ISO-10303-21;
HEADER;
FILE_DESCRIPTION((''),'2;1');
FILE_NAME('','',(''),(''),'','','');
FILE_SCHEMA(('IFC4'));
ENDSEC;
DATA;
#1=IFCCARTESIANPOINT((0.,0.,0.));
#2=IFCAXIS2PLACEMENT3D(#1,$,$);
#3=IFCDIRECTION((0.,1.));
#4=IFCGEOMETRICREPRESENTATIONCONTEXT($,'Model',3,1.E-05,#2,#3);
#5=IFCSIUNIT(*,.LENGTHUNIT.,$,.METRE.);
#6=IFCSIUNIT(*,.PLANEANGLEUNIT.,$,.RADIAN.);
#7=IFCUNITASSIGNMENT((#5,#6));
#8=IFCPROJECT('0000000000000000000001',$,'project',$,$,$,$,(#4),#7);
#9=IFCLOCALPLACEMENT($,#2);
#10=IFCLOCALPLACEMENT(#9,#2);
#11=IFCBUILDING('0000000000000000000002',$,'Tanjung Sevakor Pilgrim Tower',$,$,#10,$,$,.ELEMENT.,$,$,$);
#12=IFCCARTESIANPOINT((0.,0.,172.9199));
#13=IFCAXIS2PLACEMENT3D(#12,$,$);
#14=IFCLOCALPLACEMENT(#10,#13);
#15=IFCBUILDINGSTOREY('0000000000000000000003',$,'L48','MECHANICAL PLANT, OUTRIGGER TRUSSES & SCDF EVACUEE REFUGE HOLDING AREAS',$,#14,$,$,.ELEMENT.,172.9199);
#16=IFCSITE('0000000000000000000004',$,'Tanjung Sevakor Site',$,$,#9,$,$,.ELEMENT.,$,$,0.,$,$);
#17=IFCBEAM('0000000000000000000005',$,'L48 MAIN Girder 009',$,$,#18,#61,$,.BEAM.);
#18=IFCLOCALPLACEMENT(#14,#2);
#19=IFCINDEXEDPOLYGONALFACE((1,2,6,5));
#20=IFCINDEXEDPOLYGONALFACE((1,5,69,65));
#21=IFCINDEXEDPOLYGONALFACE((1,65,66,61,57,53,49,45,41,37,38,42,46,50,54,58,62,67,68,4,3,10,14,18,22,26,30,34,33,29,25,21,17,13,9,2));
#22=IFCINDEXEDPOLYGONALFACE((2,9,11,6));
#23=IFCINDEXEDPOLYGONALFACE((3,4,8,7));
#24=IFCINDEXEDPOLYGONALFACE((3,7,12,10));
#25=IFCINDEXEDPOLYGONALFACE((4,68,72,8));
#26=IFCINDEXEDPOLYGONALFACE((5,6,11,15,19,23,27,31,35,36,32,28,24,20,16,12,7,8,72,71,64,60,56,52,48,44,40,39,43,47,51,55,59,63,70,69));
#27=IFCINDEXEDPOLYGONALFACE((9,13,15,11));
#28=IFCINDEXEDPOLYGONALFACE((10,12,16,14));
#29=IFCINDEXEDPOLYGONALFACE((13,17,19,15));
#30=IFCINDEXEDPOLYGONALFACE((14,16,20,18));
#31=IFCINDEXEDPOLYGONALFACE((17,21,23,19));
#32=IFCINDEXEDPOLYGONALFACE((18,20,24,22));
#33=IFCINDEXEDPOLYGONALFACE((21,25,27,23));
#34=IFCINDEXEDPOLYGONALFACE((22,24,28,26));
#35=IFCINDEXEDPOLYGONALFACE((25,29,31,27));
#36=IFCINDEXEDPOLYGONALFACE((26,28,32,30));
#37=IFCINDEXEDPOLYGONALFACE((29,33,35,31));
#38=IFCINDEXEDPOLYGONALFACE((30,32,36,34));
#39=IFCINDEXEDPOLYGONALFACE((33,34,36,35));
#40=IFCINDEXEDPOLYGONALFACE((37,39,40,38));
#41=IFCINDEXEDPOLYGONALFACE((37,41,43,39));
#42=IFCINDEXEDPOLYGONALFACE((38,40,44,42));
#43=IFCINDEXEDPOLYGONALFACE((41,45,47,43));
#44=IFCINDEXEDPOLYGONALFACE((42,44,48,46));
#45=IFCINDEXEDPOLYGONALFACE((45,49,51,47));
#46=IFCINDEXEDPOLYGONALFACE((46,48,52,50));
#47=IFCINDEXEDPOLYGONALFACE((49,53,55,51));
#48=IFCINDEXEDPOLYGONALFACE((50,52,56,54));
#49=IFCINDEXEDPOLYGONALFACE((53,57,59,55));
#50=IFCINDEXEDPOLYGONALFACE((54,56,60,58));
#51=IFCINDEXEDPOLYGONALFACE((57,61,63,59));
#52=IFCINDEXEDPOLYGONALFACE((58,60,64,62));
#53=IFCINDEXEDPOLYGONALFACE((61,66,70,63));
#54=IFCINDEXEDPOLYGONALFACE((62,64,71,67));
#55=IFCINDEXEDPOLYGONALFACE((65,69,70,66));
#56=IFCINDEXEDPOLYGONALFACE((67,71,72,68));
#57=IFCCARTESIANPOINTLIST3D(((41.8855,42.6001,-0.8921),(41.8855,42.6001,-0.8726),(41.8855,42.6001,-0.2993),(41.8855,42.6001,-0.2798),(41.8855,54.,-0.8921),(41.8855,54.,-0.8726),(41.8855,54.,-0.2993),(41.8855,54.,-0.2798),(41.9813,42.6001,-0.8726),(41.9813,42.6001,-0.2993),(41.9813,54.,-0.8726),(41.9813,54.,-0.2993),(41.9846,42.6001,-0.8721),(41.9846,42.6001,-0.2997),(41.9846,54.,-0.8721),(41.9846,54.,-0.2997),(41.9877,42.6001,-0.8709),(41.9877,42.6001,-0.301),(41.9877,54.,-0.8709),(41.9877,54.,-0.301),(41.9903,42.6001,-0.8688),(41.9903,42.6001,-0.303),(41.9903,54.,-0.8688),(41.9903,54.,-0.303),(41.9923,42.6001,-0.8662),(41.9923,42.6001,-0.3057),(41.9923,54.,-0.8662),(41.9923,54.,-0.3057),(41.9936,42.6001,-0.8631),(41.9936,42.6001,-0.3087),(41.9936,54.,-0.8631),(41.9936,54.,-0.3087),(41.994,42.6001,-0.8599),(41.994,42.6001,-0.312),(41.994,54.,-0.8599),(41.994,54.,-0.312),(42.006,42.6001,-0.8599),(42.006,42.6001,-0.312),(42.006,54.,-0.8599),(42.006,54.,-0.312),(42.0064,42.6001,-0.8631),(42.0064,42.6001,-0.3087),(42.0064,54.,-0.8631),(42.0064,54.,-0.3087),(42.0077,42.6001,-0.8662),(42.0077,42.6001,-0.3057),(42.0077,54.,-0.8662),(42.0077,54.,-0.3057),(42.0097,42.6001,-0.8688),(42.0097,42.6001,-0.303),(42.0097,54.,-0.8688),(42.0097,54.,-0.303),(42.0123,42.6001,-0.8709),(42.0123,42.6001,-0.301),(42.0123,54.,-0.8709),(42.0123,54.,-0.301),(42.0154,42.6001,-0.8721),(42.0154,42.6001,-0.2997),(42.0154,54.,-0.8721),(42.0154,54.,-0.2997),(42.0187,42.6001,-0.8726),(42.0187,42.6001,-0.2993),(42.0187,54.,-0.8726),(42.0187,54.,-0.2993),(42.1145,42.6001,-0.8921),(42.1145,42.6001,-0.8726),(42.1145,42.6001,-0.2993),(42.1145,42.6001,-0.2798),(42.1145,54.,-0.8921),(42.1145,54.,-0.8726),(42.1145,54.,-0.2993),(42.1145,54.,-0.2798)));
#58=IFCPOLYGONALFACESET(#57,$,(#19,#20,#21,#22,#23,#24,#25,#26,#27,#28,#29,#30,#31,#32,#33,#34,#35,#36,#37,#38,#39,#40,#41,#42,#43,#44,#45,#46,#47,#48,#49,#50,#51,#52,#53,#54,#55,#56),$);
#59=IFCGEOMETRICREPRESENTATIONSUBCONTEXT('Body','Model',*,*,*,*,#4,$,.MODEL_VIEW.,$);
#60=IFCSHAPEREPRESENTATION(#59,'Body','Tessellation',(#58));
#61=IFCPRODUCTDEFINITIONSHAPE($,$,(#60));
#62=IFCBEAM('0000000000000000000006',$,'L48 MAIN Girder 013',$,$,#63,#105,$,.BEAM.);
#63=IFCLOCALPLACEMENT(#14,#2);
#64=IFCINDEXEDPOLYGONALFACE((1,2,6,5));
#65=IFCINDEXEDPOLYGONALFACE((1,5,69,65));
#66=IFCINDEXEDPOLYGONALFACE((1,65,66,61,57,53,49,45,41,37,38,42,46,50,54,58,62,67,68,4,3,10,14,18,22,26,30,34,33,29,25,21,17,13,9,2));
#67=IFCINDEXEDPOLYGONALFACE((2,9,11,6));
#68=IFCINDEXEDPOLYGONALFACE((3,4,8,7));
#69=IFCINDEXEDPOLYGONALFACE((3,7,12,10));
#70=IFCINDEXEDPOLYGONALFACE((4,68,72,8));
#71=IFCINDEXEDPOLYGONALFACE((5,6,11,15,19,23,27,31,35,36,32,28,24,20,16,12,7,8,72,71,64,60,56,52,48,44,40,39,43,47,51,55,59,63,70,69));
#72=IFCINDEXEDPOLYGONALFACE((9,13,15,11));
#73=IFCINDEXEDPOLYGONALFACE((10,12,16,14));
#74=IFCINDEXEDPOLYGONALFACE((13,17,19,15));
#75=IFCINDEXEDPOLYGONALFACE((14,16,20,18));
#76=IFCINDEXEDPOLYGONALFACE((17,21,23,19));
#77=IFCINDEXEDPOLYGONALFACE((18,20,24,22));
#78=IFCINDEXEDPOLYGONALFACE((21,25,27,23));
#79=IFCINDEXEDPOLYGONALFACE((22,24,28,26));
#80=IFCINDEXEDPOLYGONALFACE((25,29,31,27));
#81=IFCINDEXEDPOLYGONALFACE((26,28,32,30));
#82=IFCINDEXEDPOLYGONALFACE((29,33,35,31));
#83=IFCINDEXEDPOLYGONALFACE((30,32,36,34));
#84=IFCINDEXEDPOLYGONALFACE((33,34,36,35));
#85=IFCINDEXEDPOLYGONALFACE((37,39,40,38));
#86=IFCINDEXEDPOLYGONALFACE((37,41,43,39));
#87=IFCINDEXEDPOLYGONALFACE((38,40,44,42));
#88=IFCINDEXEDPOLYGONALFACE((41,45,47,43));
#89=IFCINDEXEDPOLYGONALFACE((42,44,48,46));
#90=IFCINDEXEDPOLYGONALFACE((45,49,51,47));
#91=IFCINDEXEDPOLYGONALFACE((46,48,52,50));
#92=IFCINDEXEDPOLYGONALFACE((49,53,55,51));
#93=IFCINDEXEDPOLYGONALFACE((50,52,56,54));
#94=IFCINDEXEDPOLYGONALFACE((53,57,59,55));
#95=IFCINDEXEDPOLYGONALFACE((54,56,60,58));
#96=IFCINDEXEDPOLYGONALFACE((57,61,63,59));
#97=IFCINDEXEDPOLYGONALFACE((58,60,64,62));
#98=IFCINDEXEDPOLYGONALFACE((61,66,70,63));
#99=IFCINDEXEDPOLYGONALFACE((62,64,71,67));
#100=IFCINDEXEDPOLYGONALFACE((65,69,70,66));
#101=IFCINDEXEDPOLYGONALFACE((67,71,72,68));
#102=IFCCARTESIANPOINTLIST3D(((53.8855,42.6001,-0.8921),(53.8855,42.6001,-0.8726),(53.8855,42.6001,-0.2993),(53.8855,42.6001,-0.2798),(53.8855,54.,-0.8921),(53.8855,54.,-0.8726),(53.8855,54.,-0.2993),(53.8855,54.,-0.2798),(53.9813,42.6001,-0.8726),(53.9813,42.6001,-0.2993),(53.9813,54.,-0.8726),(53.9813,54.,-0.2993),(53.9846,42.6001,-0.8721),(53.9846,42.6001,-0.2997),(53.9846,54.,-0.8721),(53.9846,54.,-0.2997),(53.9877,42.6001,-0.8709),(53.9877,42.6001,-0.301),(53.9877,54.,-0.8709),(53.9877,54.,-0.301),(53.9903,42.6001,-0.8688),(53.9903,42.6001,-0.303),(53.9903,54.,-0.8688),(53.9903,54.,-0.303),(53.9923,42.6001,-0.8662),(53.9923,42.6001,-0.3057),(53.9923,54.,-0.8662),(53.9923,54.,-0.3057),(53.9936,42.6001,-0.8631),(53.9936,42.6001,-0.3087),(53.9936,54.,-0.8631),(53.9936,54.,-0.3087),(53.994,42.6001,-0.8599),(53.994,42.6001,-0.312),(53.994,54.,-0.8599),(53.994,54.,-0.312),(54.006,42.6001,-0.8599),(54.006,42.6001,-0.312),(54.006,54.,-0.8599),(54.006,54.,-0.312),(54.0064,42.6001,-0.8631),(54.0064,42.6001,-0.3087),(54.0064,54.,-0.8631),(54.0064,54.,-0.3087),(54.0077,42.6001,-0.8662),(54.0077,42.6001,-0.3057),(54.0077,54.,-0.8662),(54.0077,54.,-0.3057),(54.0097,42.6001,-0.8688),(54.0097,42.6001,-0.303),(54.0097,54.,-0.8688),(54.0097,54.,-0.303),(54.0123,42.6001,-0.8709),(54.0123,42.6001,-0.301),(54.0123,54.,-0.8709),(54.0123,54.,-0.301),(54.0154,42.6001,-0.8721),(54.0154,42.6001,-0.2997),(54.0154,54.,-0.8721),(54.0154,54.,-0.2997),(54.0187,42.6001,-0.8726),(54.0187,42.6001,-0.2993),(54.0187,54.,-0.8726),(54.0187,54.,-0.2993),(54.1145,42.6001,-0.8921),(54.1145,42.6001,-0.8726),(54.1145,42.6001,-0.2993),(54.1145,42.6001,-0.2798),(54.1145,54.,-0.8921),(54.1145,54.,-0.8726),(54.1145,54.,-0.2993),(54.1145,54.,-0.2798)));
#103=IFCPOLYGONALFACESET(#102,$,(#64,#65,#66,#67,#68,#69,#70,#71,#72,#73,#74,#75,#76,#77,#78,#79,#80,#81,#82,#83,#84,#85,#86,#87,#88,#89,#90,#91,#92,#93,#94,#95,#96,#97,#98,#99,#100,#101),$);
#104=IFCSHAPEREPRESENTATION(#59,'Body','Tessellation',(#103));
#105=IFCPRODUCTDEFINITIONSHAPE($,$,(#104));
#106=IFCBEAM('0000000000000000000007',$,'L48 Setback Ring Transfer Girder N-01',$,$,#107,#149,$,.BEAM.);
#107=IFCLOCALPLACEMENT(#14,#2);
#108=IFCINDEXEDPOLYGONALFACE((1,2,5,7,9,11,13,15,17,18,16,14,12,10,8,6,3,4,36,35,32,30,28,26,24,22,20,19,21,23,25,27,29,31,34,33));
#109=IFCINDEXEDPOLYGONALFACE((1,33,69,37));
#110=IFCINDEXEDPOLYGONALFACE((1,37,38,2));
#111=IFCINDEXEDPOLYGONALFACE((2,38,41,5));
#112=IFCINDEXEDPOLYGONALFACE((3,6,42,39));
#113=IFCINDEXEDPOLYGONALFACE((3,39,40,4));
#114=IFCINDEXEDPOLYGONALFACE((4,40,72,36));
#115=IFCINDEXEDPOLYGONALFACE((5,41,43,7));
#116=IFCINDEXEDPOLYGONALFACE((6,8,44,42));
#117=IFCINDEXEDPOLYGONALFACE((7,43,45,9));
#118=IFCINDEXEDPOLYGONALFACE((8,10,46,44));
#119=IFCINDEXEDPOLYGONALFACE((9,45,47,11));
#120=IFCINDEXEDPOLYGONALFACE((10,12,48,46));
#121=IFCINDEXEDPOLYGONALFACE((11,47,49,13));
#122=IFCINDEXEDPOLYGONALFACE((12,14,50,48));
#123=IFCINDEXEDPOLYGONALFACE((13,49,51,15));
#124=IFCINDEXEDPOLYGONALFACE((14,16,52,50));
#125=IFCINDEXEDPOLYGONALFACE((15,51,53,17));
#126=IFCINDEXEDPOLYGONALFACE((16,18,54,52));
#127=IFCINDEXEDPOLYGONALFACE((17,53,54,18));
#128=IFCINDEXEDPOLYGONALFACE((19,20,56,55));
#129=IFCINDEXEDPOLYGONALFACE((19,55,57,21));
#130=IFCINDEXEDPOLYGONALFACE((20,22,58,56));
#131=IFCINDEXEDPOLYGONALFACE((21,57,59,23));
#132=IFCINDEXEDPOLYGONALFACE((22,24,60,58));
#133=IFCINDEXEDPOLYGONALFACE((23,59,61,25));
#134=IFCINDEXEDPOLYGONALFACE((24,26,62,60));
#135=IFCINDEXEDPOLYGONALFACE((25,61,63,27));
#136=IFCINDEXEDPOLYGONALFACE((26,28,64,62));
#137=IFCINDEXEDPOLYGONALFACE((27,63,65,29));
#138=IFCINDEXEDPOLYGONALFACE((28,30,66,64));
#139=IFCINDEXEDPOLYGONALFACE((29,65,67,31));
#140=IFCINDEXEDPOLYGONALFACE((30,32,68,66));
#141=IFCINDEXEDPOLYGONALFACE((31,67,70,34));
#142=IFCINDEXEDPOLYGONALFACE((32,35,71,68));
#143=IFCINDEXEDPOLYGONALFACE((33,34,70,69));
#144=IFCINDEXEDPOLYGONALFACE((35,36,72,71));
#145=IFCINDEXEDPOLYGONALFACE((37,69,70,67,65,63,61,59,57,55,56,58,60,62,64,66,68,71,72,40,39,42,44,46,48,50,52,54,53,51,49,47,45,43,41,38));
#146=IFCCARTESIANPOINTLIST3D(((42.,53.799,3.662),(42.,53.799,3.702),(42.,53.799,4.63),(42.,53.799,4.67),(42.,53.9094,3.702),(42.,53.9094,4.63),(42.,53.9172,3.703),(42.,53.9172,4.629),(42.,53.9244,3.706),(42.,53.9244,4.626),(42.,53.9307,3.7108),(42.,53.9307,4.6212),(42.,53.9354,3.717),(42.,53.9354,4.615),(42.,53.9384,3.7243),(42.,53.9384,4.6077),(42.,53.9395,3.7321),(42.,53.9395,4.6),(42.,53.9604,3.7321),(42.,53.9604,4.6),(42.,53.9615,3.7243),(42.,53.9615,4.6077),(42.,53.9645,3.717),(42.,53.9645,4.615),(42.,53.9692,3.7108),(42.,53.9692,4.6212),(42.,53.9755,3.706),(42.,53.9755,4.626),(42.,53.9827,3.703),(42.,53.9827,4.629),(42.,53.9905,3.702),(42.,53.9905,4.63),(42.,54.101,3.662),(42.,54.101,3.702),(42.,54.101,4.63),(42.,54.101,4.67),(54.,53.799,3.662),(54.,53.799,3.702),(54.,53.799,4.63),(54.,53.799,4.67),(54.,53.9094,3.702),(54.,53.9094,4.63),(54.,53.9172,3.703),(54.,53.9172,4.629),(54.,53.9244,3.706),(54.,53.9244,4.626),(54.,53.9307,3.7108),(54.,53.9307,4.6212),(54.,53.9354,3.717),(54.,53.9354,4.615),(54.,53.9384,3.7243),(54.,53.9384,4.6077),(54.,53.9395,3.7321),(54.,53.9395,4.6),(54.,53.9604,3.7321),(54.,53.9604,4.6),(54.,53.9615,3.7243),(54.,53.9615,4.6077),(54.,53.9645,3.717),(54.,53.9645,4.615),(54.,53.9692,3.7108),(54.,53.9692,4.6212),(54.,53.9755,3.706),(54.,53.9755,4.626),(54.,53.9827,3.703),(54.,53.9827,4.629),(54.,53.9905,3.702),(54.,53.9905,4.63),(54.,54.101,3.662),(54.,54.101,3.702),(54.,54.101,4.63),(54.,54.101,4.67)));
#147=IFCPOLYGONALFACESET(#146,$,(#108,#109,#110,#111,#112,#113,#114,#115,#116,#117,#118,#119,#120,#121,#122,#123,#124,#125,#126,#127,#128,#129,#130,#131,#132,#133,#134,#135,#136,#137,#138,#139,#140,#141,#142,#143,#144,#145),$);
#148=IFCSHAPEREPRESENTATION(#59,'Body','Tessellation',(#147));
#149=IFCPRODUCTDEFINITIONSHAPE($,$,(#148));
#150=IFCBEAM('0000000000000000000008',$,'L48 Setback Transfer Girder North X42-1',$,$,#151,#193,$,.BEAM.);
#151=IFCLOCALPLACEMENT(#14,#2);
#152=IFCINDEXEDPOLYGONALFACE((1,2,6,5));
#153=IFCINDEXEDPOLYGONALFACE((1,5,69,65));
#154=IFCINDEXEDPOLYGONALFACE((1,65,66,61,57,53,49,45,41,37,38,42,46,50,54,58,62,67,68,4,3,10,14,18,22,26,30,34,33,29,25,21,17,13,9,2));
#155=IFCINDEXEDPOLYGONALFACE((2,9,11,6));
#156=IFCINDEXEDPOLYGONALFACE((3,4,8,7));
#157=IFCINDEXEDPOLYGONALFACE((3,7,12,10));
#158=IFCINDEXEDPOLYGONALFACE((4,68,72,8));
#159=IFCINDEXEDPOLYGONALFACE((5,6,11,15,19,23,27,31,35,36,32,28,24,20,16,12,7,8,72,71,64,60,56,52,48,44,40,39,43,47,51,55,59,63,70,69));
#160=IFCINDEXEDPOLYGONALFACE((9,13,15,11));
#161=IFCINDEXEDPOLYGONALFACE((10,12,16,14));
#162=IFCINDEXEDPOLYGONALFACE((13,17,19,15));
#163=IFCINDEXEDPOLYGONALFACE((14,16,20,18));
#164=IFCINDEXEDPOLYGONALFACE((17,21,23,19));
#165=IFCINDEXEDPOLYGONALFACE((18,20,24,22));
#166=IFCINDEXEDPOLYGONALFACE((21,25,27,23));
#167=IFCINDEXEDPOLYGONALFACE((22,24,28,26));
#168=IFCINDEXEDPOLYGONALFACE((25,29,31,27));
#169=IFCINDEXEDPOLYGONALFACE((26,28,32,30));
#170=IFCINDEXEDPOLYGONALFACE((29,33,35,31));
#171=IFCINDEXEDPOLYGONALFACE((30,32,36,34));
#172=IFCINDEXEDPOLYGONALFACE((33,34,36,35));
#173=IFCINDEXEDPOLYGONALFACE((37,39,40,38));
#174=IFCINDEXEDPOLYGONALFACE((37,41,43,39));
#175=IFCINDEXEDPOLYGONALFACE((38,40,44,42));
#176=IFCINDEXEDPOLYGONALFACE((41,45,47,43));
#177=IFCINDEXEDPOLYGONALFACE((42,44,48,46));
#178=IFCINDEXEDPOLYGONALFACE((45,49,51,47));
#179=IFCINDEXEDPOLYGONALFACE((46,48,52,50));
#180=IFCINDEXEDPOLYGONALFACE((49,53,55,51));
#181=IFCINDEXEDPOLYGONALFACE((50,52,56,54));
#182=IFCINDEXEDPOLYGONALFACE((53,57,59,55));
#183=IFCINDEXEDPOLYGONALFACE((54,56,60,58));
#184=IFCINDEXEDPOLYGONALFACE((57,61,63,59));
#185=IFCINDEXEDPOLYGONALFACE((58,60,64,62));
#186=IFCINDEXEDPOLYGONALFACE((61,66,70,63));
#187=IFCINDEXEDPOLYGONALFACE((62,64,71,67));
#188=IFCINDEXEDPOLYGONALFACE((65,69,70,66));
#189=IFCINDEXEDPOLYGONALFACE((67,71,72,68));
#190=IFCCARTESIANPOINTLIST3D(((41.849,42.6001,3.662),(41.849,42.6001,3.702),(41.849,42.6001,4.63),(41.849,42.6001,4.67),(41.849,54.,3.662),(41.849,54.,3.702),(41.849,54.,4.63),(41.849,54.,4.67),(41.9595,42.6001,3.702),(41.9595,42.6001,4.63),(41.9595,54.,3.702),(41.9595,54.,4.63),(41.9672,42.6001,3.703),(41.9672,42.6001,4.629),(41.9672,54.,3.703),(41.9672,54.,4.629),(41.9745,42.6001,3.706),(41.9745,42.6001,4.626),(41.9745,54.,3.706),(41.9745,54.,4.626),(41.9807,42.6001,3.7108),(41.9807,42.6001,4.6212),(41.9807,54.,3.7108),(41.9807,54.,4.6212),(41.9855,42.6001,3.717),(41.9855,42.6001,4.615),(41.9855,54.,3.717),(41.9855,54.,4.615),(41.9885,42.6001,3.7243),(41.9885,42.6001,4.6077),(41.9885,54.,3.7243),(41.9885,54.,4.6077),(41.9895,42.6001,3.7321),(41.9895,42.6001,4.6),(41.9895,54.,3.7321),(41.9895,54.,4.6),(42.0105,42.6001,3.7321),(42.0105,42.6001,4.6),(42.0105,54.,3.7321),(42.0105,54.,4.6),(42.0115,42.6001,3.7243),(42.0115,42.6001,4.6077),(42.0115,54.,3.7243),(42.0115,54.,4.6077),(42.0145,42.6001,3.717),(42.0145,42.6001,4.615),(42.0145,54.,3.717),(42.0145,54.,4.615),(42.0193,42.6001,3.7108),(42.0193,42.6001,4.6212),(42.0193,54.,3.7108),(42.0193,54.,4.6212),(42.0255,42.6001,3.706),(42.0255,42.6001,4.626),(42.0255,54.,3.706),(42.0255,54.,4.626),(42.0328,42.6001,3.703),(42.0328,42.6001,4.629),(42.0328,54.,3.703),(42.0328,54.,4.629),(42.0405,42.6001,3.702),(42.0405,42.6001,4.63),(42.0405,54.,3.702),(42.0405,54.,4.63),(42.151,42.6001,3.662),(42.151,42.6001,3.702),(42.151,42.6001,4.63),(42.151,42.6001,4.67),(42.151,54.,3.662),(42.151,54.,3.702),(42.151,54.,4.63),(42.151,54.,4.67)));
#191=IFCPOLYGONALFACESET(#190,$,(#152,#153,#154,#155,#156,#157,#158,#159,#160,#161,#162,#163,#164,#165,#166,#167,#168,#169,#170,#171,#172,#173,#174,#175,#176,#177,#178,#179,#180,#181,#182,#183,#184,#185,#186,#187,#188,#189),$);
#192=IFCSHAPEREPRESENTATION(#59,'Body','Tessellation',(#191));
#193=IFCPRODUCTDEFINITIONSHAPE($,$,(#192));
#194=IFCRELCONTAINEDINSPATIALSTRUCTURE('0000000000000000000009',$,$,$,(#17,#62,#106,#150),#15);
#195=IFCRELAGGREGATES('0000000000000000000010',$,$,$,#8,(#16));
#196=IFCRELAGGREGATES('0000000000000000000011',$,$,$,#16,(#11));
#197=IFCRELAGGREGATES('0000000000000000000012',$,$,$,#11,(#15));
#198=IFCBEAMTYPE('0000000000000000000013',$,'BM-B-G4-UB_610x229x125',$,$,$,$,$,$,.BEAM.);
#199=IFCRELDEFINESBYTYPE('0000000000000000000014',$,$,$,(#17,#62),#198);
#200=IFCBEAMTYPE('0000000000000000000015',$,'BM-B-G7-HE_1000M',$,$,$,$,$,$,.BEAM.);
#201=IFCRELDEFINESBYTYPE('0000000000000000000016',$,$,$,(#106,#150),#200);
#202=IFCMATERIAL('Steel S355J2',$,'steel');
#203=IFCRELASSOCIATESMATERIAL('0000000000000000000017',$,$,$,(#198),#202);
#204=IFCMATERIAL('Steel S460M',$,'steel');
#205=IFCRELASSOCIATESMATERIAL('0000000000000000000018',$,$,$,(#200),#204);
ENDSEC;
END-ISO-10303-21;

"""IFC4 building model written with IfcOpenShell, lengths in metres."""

from ifc_helpers import new_model, si_unit, direction, frame, origin, origin_2d, place, context, subcontext, project, spatial, i_section, extrude, material, material_profile, profile_set, type_object, element, save


model = new_model("IFC4")

# Units and contexts
model_context = context("Model", 3, precision=1e-05, world=origin(), true_north=direction((0.0, 1.0)))
body_context = subcontext(model_context, "Body", "Model", "MODEL_VIEW")
ifc_project = project(units=[si_unit("LENGTHUNIT", "METRE"), si_unit("PLANEANGLEUNIT", "RADIAN")], contexts=[model_context])

# Site, building, storey
site_placement = place(None, origin())
site = spatial("IfcSite", under=ifc_project, at=site_placement, Name="Tanjung Sevakor Site", CompositionType="ELEMENT", RefElevation=0.0)
building_placement = place(site_placement, origin())
building = spatial("IfcBuilding", under=site, at=building_placement, Name="Tanjung Sevakor Pilgrim Tower", CompositionType="ELEMENT")
storey_placement = place(building_placement, frame((0.0, 0.0, 172.9199)))
storey = spatial("IfcBuildingStorey", under=building, at=storey_placement, Name="L48", Description="MECHANICAL PLANT, OUTRIGGER TRUSSES & SCDF EVACUEE REFUGE HOLDING AREAS", CompositionType="ELEMENT", Elevation=172.9199)

# Beams
ifc_material_1 = material(Name="Steel S355J2", Category="steel")
ifc_material_profile_1 = material_profile(ifc_material_1, i_section(OverallWidth=0.229, OverallDepth=0.6123, WebThickness=0.012, FlangeThickness=0.0195, FilletRadius=0.0127, at=origin_2d()))
ifc_profile_set_1 = profile_set([ifc_material_profile_1], Name="Steel S355J2")
beam_type_1 = type_object("IfcBeamType", Name="BM-B-G4-UB_610x229x125", PredefinedType="BEAM", material=ifc_profile_set_1)
for number, where, z_axis, x_axis, name in (
    (1, (42.0, 42.6001, -0.5859), (0.0, 1.0, 0.0), (-1.0, 0.0, 0.0), "L48 MAIN Girder 009"),
    (2, (54.0, 42.6001, -0.5859), (0.0, 1.0, 0.0), (-1.0, 0.0, 0.0), "L48 MAIN Girder 013"),
):
    element("IfcBeam", number, at=place(storey_placement, frame(where, z_axis=z_axis, x_axis=x_axis)), inside=storey, type_object=beam_type_1, Name=name, PredefinedType="BEAM", context=body_context, shape_type="SweptSolid", body=[
        extrude(i_section(OverallWidth=0.229, OverallDepth=0.6123, WebThickness=0.012, FlangeThickness=0.0195, FilletRadius=0.0127, at=origin_2d()), origin(), (0.0, 0.0, 1.0), 11.3999),
    ])
ifc_material_2 = material(Name="Steel S460M", Category="steel")
ifc_material_profile_2 = material_profile(ifc_material_2, i_section(OverallWidth=0.302, OverallDepth=1.0081, WebThickness=0.021, FlangeThickness=0.04, FilletRadius=0.03, at=origin_2d()))
ifc_profile_set_2 = profile_set([ifc_material_profile_2], Name="Steel S460M")
beam_type_2 = type_object("IfcBeamType", Name="BM-B-G7-HE_1000M", PredefinedType="BEAM", material=ifc_profile_set_2)
beam_1_placement = place(storey_placement, frame((42.0, 53.95, 4.166), z_axis=(1.0, 0.0, 0.0), x_axis=(0.0, 1.0, 0.0)))
element("IfcBeam", 3, at=beam_1_placement, inside=storey, type_object=beam_type_2, Name="L48 Setback Ring Transfer Girder N-01", PredefinedType="BEAM", context=body_context, shape_type="SweptSolid", body=[
    extrude(i_section(OverallWidth=0.302, OverallDepth=1.0081, WebThickness=0.021, FlangeThickness=0.04, FilletRadius=0.03, at=origin_2d()), origin(), (0.0, 0.0, 1.0), 12.0),
])
for number, where, z_axis, x_axis, name in (
    (4, (42.0, 42.6001, 4.166), (0.0, 1.0, 0.0), (-1.0, 0.0, 0.0), "L48 Setback Transfer Girder North X42-1"),
):
    element("IfcBeam", number, at=place(storey_placement, frame(where, z_axis=z_axis, x_axis=x_axis)), inside=storey, type_object=beam_type_2, Name=name, PredefinedType="BEAM", context=body_context, shape_type="SweptSolid", body=[
        extrude(i_section(OverallWidth=0.302, OverallDepth=1.0081, WebThickness=0.021, FlangeThickness=0.04, FilletRadius=0.03, at=origin_2d()), origin(), (0.0, 0.0, 1.0), 11.3999),
    ])

save(model, "model.ifc")
